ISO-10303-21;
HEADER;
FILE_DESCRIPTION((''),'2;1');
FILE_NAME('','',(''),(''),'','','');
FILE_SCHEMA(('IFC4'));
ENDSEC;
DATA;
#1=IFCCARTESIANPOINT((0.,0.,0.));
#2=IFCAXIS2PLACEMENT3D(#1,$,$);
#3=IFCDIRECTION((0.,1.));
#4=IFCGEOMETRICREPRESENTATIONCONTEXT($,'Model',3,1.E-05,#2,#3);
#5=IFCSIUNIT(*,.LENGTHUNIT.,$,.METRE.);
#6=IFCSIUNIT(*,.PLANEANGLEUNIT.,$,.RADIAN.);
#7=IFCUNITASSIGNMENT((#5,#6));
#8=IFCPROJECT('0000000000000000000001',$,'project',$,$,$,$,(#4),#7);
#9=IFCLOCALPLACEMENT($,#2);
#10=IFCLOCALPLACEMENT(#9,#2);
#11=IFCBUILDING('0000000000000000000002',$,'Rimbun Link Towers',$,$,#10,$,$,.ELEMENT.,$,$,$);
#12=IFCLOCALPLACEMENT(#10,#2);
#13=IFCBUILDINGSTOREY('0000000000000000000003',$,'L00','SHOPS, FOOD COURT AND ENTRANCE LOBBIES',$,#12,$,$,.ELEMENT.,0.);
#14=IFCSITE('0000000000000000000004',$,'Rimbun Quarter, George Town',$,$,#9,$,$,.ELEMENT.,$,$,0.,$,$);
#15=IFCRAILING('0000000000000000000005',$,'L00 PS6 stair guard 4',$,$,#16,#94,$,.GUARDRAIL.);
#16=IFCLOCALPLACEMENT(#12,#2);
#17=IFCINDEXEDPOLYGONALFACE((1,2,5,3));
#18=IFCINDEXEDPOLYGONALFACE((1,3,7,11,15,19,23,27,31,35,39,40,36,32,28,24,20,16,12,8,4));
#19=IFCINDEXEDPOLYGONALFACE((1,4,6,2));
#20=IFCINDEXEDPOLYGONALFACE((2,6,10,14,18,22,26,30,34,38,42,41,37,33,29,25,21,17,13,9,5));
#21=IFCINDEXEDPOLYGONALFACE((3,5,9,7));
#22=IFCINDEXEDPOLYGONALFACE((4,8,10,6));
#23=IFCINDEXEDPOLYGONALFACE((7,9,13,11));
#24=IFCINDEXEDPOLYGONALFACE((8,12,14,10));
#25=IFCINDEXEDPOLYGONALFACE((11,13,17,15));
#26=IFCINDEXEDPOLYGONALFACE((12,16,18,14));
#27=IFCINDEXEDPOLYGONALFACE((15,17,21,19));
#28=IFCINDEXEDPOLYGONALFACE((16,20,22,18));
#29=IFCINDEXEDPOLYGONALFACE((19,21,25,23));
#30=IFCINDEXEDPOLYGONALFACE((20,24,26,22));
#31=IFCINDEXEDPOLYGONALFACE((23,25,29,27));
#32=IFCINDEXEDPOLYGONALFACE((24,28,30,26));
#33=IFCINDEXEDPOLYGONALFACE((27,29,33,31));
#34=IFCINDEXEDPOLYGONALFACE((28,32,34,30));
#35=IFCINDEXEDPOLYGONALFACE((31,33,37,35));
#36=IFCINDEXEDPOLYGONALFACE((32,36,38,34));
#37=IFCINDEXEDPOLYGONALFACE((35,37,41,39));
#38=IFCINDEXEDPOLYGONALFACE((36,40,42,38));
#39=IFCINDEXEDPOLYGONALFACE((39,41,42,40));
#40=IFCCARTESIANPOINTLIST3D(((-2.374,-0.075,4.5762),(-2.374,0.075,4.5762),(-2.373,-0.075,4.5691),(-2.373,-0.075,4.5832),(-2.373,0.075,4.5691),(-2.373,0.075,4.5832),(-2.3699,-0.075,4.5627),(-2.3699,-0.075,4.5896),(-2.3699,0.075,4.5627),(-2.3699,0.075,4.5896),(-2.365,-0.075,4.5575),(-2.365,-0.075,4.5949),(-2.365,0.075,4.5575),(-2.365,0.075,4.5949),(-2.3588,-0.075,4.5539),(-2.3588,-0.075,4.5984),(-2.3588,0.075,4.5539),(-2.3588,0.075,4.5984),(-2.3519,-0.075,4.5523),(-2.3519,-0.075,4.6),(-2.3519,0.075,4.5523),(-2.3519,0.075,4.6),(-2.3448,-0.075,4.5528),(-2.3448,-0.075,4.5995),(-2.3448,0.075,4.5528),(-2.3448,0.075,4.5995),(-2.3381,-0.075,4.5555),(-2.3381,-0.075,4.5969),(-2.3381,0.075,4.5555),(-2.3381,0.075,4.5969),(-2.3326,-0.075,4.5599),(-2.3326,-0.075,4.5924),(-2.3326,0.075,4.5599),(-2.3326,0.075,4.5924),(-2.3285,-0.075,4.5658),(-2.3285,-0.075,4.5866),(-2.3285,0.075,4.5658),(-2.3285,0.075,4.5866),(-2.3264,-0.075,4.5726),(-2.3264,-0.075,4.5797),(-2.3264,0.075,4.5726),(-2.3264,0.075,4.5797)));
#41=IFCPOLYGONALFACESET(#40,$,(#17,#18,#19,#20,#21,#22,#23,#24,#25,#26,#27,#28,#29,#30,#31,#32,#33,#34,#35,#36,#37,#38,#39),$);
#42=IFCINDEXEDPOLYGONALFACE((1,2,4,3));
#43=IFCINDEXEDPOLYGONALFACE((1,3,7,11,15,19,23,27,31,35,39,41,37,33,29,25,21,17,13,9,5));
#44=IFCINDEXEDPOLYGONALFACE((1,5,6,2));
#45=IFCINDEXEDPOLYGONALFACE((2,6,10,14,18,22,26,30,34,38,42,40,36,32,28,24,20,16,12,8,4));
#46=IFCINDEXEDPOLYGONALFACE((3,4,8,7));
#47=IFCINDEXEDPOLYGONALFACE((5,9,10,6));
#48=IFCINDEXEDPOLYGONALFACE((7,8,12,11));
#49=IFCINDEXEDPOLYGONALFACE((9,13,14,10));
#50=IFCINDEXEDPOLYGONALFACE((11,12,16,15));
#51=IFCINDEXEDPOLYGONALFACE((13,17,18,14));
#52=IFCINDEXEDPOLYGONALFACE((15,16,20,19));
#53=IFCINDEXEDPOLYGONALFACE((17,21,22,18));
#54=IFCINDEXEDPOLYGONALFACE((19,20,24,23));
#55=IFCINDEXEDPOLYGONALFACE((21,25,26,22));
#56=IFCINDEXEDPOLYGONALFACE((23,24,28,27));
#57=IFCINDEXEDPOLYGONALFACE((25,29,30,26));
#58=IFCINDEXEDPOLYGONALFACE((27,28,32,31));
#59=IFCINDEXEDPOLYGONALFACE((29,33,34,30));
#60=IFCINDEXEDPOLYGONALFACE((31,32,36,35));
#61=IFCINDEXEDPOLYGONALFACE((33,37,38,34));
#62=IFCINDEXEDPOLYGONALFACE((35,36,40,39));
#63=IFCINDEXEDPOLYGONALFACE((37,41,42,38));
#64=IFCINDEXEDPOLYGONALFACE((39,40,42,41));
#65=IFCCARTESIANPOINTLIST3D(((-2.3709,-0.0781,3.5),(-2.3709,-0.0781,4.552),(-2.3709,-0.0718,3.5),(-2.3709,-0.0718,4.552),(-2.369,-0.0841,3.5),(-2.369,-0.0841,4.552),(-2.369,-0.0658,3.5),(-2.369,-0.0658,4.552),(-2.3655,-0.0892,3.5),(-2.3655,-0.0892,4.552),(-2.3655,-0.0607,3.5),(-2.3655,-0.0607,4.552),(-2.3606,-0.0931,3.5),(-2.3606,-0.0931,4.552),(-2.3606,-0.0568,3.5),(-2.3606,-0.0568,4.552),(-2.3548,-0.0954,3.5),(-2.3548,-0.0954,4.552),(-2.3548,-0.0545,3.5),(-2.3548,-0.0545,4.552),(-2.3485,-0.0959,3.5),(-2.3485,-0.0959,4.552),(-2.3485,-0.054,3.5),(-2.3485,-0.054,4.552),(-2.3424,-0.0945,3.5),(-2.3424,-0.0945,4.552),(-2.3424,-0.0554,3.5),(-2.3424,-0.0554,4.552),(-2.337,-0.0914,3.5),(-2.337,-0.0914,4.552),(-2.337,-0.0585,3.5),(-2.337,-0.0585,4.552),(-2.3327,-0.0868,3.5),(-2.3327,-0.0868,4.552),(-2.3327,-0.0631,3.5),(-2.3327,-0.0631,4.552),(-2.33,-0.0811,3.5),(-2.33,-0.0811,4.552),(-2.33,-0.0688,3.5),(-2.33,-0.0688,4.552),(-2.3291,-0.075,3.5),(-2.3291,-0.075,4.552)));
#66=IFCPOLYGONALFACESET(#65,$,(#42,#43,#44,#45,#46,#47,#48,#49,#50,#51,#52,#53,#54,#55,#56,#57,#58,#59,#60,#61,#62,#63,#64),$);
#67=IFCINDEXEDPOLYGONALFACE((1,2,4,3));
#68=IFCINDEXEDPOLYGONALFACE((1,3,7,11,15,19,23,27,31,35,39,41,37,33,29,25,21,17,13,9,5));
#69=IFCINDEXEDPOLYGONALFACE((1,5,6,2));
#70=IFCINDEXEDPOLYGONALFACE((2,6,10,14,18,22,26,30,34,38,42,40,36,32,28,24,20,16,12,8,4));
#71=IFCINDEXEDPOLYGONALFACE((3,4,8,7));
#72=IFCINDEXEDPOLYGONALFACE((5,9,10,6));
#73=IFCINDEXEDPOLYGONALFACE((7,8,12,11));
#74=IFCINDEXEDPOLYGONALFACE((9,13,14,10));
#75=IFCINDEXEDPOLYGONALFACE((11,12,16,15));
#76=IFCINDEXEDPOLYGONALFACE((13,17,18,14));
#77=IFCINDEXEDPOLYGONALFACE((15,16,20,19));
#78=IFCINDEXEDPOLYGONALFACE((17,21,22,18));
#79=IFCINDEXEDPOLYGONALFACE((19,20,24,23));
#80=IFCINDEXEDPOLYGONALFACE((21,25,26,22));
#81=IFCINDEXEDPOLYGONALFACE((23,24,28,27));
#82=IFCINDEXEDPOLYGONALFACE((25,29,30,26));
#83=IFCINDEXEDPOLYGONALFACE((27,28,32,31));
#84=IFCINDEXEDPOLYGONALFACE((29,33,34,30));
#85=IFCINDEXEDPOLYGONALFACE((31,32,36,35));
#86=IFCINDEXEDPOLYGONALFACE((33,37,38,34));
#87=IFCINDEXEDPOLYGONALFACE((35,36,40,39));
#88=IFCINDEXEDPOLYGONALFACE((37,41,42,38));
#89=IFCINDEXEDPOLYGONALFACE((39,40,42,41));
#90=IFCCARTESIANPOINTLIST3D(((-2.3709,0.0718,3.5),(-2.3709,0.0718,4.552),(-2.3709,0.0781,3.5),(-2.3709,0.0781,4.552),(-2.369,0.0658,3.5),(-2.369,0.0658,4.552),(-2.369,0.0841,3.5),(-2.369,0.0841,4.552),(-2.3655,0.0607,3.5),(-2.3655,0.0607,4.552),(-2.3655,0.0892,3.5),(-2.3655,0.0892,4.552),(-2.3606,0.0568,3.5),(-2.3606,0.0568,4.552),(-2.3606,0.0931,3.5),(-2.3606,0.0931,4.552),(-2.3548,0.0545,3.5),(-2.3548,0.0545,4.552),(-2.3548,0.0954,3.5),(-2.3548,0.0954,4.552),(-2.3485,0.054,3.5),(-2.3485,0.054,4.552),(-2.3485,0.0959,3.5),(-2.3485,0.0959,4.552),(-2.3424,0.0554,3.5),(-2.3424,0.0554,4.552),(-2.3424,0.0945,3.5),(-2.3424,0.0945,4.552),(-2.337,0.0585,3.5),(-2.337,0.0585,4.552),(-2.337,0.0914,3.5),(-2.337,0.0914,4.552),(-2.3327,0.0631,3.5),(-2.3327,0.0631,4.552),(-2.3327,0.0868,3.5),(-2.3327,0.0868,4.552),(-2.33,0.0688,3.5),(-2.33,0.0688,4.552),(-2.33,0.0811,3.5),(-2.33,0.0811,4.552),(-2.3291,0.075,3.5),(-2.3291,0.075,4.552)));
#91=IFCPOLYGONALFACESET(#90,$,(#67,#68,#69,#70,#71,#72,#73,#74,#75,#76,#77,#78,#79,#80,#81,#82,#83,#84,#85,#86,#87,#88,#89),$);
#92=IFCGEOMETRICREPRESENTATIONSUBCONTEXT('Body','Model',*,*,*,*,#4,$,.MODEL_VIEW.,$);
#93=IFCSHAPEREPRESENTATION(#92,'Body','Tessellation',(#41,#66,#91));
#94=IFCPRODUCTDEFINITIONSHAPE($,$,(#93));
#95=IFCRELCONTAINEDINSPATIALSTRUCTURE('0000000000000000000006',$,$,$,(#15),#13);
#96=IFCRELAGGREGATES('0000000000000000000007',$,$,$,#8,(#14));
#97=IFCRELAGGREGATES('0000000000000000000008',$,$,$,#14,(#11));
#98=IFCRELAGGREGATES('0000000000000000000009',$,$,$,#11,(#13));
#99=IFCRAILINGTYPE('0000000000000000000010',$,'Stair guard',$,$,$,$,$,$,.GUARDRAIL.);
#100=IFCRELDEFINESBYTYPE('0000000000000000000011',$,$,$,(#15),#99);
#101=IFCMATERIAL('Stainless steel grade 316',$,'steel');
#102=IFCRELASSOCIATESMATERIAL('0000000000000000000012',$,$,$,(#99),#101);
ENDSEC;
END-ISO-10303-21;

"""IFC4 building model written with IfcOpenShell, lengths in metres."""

from ifc_helpers import new_model, si_unit, direction, frame, origin, origin_2d, place, context, subcontext, project, spatial, circle, extrude, material, type_object, element, save


model = new_model("IFC4")

# Units and contexts
model_context = context("Model", 3, precision=1e-05, world=origin(), true_north=direction((0.0, 1.0)))
body_context = subcontext(model_context, "Body", "Model", "MODEL_VIEW")
ifc_project = project(units=[si_unit("LENGTHUNIT", "METRE"), si_unit("PLANEANGLEUNIT", "RADIAN")], contexts=[model_context])

# Site, building, storey
site_placement = place(None, origin())
site = spatial("IfcSite", under=ifc_project, at=site_placement, Name="Rimbun Quarter, George Town", CompositionType="ELEMENT", RefElevation=0.0)
building_placement = place(site_placement, origin())
building = spatial("IfcBuilding", under=site, at=building_placement, Name="Rimbun Link Towers", CompositionType="ELEMENT")
storey_placement = place(building_placement, origin())
storey = spatial("IfcBuildingStorey", under=building, at=storey_placement, Name="L00", Description="SHOPS, FOOD COURT AND ENTRANCE LOBBIES", CompositionType="ELEMENT", Elevation=0.0)

# Railing
ifc_material_1 = material(Name="Stainless steel grade 316", Category="steel")
railing_type_1 = type_object("IfcRailingType", Name="Stair guard", PredefinedType="GUARDRAIL", material=ifc_material_1)
railing_1_placement = place(storey_placement, frame((-2.3501, -0.075, 3.5)))
element("IfcRailing", 1, at=railing_1_placement, inside=storey, type_object=railing_type_1, Name="L00 PS6 stair guard 4", PredefinedType="GUARDRAIL", context=body_context, shape_type="SweptSolid", body=[
    extrude(circle(Radius=0.0239, at=origin_2d()), frame((0.0, 0.0, 1.0762), z_axis=(0.0, 1.0, 0.0), x_axis=(-1.0, 0.0, 0.0)), (0.0, 0.0, 1.0), 0.1499),
    extrude(circle(Radius=0.021, at=origin_2d()), origin(), (0.0, 0.0, 1.0), 1.052),
    extrude(circle(Radius=0.021, at=origin_2d()), frame((0.0, 0.1499, 0.0)), (0.0, 0.0, 1.0), 1.052),
])

save(model, "model.ifc")
